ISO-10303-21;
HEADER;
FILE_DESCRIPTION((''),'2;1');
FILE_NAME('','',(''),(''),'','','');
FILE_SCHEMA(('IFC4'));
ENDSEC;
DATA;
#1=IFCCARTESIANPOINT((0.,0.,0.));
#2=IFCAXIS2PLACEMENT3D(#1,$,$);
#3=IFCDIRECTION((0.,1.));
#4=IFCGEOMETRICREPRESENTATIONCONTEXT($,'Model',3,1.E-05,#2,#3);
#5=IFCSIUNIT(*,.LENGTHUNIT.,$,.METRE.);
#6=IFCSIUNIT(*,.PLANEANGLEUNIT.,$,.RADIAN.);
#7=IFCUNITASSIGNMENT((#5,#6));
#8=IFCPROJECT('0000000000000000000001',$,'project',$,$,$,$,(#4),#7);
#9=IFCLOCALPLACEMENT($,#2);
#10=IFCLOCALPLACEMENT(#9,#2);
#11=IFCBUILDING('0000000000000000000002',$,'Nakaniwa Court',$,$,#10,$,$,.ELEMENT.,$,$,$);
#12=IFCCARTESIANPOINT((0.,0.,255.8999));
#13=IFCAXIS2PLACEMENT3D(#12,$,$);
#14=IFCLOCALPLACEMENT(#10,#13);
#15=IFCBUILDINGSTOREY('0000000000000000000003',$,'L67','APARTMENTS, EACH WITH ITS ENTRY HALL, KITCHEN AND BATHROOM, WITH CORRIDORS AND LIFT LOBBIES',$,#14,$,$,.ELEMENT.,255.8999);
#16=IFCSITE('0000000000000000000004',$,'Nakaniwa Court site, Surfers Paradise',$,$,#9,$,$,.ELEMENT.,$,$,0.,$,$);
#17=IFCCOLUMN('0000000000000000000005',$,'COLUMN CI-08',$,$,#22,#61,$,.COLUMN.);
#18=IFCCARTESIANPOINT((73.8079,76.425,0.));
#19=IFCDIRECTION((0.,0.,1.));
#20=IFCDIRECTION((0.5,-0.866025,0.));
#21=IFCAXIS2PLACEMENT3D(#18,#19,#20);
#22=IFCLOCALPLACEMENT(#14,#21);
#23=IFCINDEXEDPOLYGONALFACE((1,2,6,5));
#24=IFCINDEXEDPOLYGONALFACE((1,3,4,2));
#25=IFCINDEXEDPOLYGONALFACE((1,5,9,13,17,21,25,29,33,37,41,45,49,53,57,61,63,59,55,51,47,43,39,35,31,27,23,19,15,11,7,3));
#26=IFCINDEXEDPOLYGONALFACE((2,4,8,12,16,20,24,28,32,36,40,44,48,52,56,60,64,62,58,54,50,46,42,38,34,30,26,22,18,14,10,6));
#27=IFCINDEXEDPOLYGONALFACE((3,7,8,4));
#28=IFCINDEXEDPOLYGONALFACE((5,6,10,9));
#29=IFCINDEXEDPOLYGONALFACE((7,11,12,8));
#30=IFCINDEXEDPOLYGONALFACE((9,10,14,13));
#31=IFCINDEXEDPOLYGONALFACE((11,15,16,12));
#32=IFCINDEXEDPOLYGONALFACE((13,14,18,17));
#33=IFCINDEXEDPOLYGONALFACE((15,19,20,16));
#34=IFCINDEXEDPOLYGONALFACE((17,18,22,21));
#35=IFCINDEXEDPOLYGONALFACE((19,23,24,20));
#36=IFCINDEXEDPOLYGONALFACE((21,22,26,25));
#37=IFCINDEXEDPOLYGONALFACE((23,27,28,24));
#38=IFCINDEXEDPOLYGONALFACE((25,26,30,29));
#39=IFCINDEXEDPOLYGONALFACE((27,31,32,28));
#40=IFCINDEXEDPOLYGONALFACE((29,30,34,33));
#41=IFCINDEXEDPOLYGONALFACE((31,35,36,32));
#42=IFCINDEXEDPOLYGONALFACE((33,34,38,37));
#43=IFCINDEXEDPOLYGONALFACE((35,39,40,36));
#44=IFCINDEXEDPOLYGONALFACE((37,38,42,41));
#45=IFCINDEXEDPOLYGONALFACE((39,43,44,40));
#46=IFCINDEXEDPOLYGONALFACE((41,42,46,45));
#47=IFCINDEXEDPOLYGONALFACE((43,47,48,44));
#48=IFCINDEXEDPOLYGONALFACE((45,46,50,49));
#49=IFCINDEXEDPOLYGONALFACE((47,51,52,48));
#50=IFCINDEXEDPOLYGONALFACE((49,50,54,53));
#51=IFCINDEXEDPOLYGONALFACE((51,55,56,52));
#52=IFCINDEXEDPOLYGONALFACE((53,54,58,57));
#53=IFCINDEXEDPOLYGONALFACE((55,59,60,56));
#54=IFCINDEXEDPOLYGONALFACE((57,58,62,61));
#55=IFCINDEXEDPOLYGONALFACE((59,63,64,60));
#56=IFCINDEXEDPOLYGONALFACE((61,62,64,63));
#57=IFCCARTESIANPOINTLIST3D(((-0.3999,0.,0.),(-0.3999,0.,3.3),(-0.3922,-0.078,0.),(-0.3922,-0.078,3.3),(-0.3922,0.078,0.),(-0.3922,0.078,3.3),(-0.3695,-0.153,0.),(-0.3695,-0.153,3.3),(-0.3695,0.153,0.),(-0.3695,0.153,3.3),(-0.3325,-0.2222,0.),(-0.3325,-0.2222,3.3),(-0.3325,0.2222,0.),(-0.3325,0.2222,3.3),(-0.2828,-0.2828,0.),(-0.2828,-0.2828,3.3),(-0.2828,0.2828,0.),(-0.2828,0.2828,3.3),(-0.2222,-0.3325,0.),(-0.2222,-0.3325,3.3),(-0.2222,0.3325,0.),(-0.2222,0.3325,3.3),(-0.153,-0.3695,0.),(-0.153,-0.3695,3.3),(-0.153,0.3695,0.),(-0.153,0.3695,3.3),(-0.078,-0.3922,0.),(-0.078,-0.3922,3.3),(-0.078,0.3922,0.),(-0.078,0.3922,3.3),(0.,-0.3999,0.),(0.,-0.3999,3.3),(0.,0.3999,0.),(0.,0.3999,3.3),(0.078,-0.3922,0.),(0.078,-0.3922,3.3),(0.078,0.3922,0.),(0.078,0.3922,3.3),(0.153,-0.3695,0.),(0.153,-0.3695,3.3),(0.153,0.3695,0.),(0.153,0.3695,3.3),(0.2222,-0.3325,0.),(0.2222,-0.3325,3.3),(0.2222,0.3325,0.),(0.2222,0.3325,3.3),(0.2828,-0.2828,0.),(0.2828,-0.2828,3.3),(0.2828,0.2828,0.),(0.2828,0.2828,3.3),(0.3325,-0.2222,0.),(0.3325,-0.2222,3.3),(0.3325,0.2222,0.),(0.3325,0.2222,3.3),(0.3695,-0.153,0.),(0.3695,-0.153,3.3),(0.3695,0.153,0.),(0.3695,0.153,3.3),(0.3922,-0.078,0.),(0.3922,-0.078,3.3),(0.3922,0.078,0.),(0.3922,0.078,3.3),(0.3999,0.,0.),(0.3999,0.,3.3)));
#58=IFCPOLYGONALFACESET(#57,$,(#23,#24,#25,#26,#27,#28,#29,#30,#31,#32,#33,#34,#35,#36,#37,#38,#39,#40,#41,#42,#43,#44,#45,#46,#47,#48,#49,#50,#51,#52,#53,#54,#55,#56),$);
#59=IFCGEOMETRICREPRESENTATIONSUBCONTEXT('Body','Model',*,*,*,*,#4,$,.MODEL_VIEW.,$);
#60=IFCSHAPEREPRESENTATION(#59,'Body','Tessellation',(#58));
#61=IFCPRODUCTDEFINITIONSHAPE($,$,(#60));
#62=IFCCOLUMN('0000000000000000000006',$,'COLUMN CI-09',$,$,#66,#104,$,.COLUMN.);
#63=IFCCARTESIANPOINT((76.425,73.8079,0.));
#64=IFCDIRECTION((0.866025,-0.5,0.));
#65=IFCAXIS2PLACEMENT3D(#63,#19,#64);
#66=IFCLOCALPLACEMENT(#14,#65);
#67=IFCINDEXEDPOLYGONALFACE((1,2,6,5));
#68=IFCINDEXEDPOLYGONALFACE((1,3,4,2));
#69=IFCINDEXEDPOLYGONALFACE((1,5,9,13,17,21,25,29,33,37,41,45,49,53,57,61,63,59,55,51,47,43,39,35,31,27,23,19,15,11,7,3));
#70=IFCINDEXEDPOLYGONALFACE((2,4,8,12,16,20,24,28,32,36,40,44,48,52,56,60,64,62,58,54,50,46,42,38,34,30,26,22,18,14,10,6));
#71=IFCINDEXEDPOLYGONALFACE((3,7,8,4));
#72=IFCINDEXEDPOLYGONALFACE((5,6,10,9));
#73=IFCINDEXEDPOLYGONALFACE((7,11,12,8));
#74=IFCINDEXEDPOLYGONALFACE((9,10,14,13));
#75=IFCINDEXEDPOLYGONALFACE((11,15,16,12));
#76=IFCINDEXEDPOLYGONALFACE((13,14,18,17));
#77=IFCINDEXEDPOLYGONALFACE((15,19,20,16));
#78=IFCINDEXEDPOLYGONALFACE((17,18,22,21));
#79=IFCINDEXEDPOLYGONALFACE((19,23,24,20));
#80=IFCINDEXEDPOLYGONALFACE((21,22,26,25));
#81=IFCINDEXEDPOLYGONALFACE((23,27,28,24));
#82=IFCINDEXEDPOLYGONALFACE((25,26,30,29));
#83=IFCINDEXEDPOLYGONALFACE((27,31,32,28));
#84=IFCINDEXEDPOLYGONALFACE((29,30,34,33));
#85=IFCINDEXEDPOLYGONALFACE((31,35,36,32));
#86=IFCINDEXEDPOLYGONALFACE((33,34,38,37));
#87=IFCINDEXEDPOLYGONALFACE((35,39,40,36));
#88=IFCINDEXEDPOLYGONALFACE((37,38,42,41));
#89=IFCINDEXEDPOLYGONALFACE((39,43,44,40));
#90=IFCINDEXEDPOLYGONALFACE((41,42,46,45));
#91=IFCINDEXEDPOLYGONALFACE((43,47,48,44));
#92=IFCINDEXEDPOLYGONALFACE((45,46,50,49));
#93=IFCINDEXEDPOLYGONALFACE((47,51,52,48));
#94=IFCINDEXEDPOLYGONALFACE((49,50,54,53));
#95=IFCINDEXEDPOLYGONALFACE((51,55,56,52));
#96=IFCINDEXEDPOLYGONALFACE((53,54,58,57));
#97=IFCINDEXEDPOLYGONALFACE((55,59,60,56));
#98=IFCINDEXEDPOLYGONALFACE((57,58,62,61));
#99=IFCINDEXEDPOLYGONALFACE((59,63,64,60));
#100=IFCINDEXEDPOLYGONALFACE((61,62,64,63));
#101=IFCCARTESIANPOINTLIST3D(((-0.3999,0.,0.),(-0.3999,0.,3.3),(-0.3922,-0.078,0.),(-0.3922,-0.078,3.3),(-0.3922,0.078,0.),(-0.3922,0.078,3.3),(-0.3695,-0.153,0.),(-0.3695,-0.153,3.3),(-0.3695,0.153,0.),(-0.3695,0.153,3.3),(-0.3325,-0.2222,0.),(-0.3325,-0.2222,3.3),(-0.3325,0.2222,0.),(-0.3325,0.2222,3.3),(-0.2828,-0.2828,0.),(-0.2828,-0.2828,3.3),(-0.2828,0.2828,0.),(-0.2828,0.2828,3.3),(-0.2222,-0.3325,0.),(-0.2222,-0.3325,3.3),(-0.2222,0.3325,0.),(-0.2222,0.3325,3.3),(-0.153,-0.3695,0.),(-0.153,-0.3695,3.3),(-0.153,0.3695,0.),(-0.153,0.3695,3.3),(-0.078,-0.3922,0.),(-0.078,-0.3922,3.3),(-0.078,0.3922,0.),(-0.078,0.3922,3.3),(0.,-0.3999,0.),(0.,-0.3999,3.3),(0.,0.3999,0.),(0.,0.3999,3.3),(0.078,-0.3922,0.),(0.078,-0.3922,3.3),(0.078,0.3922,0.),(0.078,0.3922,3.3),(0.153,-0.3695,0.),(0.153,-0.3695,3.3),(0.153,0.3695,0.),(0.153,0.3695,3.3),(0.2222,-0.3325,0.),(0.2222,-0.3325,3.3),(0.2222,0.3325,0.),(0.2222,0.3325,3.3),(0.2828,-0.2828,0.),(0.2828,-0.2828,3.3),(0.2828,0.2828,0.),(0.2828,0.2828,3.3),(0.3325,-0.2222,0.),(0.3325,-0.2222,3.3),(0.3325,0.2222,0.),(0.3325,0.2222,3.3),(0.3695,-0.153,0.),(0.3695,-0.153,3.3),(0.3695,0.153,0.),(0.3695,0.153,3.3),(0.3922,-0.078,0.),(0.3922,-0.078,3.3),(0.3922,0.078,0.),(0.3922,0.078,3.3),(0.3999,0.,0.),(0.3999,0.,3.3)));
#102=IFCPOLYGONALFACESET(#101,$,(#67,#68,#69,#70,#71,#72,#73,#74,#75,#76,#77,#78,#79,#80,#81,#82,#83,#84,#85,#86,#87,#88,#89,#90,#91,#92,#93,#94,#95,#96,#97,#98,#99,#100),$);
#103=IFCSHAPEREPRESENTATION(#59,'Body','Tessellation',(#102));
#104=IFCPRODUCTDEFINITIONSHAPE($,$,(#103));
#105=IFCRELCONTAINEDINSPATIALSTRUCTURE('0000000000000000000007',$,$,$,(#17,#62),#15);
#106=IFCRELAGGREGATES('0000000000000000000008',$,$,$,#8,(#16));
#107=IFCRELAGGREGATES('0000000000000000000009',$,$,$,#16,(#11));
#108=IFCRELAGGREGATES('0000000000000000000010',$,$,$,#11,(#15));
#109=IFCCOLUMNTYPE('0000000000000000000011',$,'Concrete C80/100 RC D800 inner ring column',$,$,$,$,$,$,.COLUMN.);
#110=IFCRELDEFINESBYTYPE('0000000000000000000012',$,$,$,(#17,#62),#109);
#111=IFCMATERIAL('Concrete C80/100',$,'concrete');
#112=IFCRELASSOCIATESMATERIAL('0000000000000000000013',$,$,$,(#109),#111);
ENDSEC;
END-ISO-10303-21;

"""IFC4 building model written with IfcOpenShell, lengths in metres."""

from ifc_helpers import new_model, si_unit, direction, frame, origin, origin_2d, place, context, subcontext, project, spatial, circle, extrude, material, material_profile, profile_set, type_object, element, save


model = new_model("IFC4")

# Units and contexts
model_context = context("Model", 3, precision=1e-05, world=origin(), true_north=direction((0.0, 1.0)))
body_context = subcontext(model_context, "Body", "Model", "MODEL_VIEW")
ifc_project = project(units=[si_unit("LENGTHUNIT", "METRE"), si_unit("PLANEANGLEUNIT", "RADIAN")], contexts=[model_context])

# Site, building, storey
site_placement = place(None, origin())
site = spatial("IfcSite", under=ifc_project, at=site_placement, Name="Nakaniwa Court site, Surfers Paradise", CompositionType="ELEMENT", RefElevation=0.0)
building_placement = place(site_placement, origin())
building = spatial("IfcBuilding", under=site, at=building_placement, Name="Nakaniwa Court", CompositionType="ELEMENT")
storey_placement = place(building_placement, frame((0.0, 0.0, 255.8999)))
storey = spatial("IfcBuildingStorey", under=building, at=storey_placement, Name="L67", Description="APARTMENTS, EACH WITH ITS ENTRY HALL, KITCHEN AND BATHROOM, WITH CORRIDORS AND LIFT LOBBIES", CompositionType="ELEMENT", Elevation=255.8999)

# Columns
ifc_material_1 = material(Name="Concrete C80/100", Category="concrete")
ifc_material_profile_1 = material_profile(ifc_material_1, circle(Radius=0.3999, at=origin_2d()), Name="Concrete C80/100 RC D800 inner ring column")
ifc_profile_set_1 = profile_set([ifc_material_profile_1], Name="Concrete C80/100")
column_type_1 = type_object("IfcColumnType", Name="Concrete C80/100 RC D800 inner ring column", PredefinedType="COLUMN", material=ifc_profile_set_1)
for number, where, z_axis, x_axis, name in (
    (1, (73.8079, 76.425, 0.0), (0.0, 0.0, 1.0), (0.5, -0.866025, 0.0), "COLUMN CI-08"),
    (2, (76.425, 73.8079, 0.0), (0.0, 0.0, 1.0), (0.866025, -0.5, 0.0), "COLUMN CI-09"),
):
    element("IfcColumn", number, at=place(storey_placement, frame(where, z_axis=z_axis, x_axis=x_axis)), inside=storey, type_object=column_type_1, Name=name, PredefinedType="COLUMN", context=body_context, shape_type="SweptSolid", body=[
        extrude(circle(Radius=0.3999, at=origin_2d()), origin(), (0.0, 0.0, 1.0), 3.3),
    ])

save(model, "model.ifc")
